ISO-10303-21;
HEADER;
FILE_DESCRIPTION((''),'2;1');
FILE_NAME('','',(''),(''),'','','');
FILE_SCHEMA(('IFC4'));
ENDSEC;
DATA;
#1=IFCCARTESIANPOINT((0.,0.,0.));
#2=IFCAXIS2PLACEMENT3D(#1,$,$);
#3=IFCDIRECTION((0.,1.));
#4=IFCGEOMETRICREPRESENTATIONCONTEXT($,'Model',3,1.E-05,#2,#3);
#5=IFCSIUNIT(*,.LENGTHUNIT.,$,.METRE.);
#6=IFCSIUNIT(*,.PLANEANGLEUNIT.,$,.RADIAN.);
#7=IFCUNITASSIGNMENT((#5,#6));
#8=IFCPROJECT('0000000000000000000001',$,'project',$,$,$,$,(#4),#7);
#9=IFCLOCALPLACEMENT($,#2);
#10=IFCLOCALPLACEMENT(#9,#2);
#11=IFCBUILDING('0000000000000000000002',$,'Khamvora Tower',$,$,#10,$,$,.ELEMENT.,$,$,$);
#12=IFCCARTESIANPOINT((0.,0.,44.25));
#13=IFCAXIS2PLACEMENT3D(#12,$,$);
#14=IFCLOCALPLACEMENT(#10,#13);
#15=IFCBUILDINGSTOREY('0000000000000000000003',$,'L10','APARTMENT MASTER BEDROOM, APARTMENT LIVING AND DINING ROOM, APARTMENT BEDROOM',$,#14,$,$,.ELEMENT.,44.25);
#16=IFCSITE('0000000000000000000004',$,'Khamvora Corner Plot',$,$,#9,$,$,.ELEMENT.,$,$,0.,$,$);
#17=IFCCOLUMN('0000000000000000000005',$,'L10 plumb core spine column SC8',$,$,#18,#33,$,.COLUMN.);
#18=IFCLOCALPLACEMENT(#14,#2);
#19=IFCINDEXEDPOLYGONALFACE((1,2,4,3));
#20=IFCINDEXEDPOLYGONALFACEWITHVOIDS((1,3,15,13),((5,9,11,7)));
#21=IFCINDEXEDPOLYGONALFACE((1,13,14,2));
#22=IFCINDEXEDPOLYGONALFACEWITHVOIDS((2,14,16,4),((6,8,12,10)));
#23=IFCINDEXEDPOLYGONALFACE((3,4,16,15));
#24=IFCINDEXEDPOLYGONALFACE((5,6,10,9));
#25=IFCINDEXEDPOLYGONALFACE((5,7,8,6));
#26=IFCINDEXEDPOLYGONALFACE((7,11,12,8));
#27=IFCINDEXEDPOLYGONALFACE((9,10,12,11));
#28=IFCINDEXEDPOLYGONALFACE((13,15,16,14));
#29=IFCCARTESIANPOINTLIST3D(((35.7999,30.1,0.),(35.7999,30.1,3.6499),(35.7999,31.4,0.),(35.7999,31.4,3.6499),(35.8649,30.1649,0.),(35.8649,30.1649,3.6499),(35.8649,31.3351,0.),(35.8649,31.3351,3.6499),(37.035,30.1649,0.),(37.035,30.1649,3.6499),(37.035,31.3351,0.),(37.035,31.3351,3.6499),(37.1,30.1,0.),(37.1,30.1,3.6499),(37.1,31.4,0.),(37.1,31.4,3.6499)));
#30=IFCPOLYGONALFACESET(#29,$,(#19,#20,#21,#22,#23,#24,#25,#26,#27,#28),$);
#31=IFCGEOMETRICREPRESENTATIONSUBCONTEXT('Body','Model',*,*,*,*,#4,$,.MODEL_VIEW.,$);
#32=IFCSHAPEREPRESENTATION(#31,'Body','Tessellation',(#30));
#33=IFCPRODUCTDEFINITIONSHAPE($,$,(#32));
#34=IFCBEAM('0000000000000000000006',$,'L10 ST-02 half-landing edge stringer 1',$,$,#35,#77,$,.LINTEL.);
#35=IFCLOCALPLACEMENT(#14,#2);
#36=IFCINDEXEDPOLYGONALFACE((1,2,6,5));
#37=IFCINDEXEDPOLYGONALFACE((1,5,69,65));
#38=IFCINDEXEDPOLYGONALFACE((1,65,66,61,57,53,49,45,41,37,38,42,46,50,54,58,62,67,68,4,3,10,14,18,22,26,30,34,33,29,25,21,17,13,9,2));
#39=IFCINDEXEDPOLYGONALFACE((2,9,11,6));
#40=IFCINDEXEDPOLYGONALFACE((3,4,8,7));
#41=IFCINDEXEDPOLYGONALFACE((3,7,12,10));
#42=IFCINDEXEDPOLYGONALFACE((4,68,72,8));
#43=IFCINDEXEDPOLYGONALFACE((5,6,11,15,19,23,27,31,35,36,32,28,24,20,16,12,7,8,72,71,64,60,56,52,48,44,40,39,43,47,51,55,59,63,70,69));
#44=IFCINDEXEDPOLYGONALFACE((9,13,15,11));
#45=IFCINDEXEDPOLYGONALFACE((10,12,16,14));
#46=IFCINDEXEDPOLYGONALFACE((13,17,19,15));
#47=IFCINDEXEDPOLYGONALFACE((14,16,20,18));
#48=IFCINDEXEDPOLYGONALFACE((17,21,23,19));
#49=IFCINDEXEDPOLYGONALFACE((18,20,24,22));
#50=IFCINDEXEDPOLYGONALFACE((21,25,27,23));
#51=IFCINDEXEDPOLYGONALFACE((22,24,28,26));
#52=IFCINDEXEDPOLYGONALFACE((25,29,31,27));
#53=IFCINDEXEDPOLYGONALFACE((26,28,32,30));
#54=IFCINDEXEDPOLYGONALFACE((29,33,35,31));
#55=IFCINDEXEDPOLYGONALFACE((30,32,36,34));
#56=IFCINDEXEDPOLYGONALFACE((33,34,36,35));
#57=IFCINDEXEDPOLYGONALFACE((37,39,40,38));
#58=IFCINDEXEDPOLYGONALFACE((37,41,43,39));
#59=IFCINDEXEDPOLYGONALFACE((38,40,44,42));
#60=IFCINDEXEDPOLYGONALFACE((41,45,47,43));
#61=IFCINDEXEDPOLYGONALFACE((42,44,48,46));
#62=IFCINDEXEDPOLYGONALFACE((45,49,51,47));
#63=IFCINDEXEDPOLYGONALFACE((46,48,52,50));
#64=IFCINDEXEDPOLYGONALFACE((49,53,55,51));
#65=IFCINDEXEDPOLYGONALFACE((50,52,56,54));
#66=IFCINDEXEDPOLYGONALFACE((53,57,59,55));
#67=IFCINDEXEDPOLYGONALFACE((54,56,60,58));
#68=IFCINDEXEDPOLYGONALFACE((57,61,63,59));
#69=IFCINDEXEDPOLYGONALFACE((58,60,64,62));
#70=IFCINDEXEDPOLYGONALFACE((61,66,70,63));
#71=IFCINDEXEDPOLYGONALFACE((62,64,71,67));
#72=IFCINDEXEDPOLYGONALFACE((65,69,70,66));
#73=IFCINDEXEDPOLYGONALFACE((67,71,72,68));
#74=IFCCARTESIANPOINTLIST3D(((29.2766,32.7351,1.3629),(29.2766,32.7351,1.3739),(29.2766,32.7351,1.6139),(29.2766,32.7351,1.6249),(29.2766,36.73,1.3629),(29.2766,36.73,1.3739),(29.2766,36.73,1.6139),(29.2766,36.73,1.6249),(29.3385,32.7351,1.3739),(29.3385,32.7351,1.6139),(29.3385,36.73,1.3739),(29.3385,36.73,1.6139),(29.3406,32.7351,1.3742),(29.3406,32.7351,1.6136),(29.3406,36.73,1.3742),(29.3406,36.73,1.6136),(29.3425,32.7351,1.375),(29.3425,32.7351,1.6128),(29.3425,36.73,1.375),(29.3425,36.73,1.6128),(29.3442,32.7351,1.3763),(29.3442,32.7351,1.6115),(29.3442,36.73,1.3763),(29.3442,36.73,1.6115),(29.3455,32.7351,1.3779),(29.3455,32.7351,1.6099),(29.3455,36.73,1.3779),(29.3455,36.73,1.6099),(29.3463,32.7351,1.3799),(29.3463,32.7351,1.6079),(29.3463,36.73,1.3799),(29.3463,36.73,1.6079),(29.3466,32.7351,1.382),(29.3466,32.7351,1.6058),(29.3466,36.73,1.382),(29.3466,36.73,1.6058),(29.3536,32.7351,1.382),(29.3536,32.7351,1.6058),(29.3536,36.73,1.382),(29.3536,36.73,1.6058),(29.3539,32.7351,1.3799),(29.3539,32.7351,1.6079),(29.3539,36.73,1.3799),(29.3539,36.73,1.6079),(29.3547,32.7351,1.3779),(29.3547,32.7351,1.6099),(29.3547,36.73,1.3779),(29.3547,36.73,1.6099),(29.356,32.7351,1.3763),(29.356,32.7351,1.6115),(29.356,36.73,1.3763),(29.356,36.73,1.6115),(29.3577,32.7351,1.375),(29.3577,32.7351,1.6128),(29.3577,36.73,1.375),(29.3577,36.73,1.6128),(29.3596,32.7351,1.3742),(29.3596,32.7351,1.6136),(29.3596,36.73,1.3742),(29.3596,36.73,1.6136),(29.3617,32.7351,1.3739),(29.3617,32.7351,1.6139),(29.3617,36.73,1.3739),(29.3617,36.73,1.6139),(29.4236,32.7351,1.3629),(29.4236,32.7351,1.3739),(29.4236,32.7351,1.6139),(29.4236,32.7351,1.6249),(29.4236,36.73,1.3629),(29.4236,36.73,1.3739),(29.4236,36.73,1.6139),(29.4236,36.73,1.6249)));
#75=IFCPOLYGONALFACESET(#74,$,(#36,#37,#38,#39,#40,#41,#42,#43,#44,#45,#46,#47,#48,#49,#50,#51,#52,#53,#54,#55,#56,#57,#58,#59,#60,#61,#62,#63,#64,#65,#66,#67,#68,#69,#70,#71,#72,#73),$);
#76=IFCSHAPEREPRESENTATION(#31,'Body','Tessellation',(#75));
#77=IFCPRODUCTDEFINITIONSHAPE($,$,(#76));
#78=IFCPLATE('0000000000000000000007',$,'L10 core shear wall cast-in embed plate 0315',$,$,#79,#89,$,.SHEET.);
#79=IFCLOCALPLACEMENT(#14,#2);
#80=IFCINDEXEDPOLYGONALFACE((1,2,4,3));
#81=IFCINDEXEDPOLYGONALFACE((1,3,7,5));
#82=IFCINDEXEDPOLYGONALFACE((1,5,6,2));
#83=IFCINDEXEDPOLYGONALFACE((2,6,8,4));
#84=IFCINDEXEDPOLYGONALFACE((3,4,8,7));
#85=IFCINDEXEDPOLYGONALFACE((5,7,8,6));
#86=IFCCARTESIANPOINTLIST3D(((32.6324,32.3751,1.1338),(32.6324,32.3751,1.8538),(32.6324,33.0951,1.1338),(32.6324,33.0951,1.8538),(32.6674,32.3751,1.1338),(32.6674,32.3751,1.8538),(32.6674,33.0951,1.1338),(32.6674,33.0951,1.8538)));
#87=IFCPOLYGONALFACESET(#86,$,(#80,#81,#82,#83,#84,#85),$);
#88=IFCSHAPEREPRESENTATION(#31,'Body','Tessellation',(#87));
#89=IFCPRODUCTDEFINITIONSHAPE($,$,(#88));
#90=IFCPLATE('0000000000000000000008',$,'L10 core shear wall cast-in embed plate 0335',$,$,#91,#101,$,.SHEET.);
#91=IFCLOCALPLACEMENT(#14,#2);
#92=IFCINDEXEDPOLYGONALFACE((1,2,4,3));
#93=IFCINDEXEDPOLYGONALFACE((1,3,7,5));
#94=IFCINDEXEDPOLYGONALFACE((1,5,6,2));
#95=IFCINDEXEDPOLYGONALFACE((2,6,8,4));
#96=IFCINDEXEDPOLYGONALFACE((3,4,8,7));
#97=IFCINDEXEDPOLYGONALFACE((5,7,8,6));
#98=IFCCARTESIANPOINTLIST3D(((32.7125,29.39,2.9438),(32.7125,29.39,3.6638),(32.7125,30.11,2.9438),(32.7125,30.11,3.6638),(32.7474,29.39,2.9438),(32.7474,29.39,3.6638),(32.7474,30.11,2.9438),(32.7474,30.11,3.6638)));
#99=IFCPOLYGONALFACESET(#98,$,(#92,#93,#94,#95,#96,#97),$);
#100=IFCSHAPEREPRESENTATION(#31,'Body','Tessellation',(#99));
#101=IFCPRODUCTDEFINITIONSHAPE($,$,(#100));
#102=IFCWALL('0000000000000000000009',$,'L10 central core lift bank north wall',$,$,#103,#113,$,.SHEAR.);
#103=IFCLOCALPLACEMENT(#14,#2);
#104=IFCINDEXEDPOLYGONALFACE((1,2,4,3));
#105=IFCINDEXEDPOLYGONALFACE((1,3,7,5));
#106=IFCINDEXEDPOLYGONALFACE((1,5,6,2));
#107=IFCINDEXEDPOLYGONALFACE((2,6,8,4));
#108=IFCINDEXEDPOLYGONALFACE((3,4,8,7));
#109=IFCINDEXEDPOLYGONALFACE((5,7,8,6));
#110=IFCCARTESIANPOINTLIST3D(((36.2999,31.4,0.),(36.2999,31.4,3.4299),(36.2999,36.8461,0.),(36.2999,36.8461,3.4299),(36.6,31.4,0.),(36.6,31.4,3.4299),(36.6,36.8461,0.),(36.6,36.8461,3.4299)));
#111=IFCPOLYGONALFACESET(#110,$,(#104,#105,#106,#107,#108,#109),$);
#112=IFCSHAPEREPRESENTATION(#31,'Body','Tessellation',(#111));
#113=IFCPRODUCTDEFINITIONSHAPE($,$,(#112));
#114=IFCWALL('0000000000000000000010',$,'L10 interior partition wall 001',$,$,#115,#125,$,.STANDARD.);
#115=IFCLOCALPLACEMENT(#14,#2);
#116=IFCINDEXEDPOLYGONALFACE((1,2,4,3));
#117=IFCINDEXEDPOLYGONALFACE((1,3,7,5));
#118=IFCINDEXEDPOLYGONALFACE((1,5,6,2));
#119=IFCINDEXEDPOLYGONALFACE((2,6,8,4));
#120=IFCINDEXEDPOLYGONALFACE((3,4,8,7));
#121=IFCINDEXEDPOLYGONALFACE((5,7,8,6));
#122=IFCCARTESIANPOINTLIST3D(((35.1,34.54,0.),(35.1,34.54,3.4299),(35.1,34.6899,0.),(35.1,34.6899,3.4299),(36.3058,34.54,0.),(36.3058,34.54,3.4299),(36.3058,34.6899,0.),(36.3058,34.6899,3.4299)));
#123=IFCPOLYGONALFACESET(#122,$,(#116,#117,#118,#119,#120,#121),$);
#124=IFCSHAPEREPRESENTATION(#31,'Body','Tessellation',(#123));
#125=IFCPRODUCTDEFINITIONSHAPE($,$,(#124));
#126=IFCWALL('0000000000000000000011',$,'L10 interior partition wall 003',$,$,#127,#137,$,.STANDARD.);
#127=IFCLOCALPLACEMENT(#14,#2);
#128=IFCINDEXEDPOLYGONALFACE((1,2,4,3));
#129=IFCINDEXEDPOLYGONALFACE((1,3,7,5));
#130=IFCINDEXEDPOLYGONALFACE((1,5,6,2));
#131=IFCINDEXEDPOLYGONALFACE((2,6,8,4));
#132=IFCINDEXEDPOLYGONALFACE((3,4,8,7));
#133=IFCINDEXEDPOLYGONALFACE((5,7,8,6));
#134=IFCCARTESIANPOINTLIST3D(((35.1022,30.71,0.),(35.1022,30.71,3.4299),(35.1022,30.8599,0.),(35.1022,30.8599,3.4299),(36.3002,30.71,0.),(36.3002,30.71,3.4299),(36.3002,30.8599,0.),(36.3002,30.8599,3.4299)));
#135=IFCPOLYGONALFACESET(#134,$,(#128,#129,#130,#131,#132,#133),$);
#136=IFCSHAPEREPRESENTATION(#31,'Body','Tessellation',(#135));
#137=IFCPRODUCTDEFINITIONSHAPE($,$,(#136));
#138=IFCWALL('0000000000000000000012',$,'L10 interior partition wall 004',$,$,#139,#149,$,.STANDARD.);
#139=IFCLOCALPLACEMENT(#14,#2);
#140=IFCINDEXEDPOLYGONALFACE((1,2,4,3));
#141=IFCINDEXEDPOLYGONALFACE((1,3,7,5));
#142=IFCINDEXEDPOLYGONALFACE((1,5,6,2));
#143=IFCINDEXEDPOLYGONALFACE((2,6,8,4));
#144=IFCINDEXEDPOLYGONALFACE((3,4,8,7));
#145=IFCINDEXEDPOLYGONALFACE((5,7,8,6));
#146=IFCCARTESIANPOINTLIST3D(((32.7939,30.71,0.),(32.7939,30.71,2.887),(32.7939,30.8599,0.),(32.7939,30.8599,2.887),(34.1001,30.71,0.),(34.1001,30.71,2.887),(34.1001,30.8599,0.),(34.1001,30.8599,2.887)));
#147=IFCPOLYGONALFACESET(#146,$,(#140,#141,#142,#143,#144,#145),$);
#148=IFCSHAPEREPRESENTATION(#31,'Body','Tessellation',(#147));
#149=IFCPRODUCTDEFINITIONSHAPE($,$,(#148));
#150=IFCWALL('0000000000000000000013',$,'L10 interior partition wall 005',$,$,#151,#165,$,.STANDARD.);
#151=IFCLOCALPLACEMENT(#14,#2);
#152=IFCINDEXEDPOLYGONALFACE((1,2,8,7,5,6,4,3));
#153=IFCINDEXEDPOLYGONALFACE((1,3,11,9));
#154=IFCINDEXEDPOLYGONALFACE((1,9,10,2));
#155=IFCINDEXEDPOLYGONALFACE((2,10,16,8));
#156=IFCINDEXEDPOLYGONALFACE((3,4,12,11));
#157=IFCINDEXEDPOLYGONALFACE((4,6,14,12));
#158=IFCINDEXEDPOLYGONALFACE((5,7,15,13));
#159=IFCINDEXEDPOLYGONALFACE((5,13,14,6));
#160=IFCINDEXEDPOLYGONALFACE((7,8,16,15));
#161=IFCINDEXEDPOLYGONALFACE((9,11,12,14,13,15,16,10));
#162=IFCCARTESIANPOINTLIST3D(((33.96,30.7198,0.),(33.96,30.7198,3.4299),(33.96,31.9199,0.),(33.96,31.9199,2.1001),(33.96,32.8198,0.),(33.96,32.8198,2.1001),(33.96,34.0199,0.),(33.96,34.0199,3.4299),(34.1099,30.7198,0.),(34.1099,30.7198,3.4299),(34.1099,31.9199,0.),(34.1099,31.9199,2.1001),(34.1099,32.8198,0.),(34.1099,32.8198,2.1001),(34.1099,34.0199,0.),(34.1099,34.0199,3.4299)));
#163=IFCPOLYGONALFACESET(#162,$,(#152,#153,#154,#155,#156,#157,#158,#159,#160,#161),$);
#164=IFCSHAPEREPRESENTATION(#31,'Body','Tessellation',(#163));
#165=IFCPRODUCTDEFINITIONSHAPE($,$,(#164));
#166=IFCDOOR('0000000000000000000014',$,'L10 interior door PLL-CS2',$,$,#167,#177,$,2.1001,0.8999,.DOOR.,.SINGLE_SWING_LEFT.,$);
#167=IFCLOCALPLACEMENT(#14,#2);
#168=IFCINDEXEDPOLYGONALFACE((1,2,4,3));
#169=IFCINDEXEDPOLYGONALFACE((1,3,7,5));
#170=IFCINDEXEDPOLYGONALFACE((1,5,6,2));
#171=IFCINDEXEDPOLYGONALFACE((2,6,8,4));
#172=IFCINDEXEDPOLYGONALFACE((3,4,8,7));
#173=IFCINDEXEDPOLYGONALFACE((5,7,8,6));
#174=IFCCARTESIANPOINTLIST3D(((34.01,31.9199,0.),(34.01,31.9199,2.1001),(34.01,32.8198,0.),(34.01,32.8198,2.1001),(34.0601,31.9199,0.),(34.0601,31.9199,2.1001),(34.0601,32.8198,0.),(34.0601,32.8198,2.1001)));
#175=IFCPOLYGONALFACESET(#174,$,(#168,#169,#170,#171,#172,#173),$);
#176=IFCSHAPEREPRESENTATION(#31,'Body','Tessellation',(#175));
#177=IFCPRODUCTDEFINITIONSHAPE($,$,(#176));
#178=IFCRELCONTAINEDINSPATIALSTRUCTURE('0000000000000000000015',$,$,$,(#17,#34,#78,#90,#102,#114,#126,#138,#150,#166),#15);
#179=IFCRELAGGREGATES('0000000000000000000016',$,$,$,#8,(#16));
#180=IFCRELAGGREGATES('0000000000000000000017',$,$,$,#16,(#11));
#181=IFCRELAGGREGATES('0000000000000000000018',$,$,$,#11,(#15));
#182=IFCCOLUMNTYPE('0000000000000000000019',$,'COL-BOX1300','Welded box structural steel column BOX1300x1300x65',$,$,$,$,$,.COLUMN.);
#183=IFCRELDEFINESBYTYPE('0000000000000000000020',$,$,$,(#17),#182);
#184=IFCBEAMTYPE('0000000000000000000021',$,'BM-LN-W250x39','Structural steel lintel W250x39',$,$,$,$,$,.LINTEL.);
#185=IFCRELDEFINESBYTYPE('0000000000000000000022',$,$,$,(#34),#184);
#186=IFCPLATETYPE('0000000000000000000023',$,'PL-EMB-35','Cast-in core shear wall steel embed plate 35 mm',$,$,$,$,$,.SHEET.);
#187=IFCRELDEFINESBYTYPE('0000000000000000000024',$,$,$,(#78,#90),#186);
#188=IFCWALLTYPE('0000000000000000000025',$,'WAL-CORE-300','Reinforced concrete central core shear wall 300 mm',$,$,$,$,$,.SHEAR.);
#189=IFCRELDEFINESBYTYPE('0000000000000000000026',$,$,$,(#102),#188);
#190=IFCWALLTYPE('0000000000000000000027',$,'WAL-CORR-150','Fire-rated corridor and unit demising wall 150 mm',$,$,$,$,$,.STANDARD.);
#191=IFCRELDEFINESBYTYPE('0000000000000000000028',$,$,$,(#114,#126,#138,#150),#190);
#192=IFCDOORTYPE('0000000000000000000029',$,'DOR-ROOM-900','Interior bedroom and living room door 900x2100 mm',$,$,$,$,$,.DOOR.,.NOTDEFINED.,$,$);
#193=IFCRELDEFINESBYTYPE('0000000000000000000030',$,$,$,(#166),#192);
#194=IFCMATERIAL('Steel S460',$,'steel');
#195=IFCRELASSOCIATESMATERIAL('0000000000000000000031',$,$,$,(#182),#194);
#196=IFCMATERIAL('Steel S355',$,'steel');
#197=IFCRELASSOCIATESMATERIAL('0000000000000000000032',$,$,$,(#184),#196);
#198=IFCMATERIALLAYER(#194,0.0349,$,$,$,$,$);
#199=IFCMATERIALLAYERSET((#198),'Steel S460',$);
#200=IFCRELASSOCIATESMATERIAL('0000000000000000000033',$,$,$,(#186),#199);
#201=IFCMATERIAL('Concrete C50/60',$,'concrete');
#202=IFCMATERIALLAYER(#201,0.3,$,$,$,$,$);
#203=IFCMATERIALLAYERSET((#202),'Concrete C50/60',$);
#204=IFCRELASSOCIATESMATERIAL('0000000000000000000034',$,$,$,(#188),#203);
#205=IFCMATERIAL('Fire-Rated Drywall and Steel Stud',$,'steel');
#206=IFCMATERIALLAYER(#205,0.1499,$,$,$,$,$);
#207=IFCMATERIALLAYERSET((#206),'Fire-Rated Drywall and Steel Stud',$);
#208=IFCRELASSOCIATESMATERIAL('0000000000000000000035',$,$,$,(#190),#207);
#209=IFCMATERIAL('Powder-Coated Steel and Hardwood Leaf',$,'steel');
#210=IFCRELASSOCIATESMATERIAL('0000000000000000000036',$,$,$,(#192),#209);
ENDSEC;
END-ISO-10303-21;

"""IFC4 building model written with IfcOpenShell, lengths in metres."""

from ifc_helpers import new_model, si_unit, direction, frame, frame_2d, origin, origin_2d, place, context, subcontext, project, spatial, rectangle, hollow_rectangle, i_section, extrude, material, layer, layer_set, material_profile, profile_set, type_object, element, fill, save


model = new_model("IFC4")

# Units and contexts
model_context = context("Model", 3, precision=1e-05, world=origin(), true_north=direction((0.0, 1.0)))
body_context = subcontext(model_context, "Body", "Model", "MODEL_VIEW")
ifc_project = project(units=[si_unit("LENGTHUNIT", "METRE"), si_unit("PLANEANGLEUNIT", "RADIAN")], contexts=[model_context])

# Site, building, storey
site_placement = place(None, origin())
site = spatial("IfcSite", under=ifc_project, at=site_placement, Name="Khamvora Corner Plot", CompositionType="ELEMENT", RefElevation=0.0)
building_placement = place(site_placement, origin())
building = spatial("IfcBuilding", under=site, at=building_placement, Name="Khamvora Tower", CompositionType="ELEMENT")
storey_placement = place(building_placement, frame((0.0, 0.0, 44.25)))
storey = spatial("IfcBuildingStorey", under=building, at=storey_placement, Name="L10", Description="APARTMENT MASTER BEDROOM, APARTMENT LIVING AND DINING ROOM, APARTMENT BEDROOM", CompositionType="ELEMENT", Elevation=44.25)

# Column
ifc_material_1 = material(Name="Steel S460", Category="steel")
ifc_material_profile_1 = material_profile(ifc_material_1, hollow_rectangle(XDim=1.3, YDim=1.3, WallThickness=0.0649, at=origin_2d()), Name="BOX1300x1300x65")
ifc_profile_set_1 = profile_set([ifc_material_profile_1], Name="Steel S460")
column_type = type_object("IfcColumnType", Name="COL-BOX1300", Description="Welded box structural steel column BOX1300x1300x65", PredefinedType="COLUMN", material=ifc_profile_set_1)
column_placement = place(storey_placement, frame((36.45, 30.75, 0.0), z_axis=(0.0, 0.0, 1.0), x_axis=(1.0, 0.0, 0.0)))
element("IfcColumn", 1, at=column_placement, inside=storey, type_object=column_type, Name="L10 plumb core spine column SC8", PredefinedType="COLUMN", context=body_context, shape_type="SweptSolid", body=[
    extrude(hollow_rectangle(XDim=1.3, YDim=1.3, WallThickness=0.0649, at=origin_2d()), origin(), (0.0, 0.0, 1.0), 3.6499),
])

# Beam
ifc_material_2 = material(Name="Steel S355", Category="steel")
ifc_material_profile_2 = material_profile(ifc_material_2, i_section(OverallWidth=0.147, OverallDepth=0.262, WebThickness=0.0071, FlangeThickness=0.011, FilletRadius=0.0081, at=origin_2d()), Name="W250x39")
ifc_profile_set_2 = profile_set([ifc_material_profile_2], Name="Steel S355")
beam_type = type_object("IfcBeamType", Name="BM-LN-W250x39", Description="Structural steel lintel W250x39", PredefinedType="LINTEL", material=ifc_profile_set_2)
beam_placement = place(storey_placement, frame((29.3501, 32.7351, 1.4939), z_axis=(0.0, 1.0, 0.0), x_axis=(-1.0, 0.0, 0.0)))
element("IfcBeam", 2, at=beam_placement, inside=storey, type_object=beam_type, Name="L10 ST-02 half-landing edge stringer 1", PredefinedType="LINTEL", context=body_context, shape_type="SweptSolid", body=[
    extrude(i_section(OverallWidth=0.147, OverallDepth=0.262, WebThickness=0.0071, FlangeThickness=0.011, FilletRadius=0.0081, at=origin_2d()), origin(), (0.0, 0.0, 1.0), 3.9949),
])

# Plates
ifc_layer_1 = layer(ifc_material_1, 0.0349)
ifc_layer_set_1 = layer_set([ifc_layer_1], Name="Steel S460")
plate_type = type_object("IfcPlateType", Name="PL-EMB-35", Description="Cast-in core shear wall steel embed plate 35 mm", PredefinedType="SHEET", material=ifc_layer_set_1)
for number, where, z_axis, x_axis, name in (
    (3, (32.6499, 32.7351, 1.1338), (0.0, 0.0, 1.0), (1.0, 0.0, 0.0), "L10 core shear wall cast-in embed plate 0315"),
    (4, (32.73, 29.75, 2.9438), (0.0, 0.0, 1.0), (1.0, 0.0, 0.0), "L10 core shear wall cast-in embed plate 0335"),
):
    element("IfcPlate", number, at=place(storey_placement, frame(where, z_axis=z_axis, x_axis=x_axis)), inside=storey, type_object=plate_type, Name=name, PredefinedType="SHEET", context=body_context, shape_type="SweptSolid", body=[
        extrude(rectangle(XDim=0.0349, YDim=0.72, at=origin_2d()), origin(), (0.0, 0.0, 1.0), 0.72),
    ])

# Walls
ifc_material_3 = material(Name="Concrete C50/60", Category="concrete")
ifc_layer_2 = layer(ifc_material_3, 0.3)
ifc_layer_set_2 = layer_set([ifc_layer_2], Name="Concrete C50/60")
wall_type_1 = type_object("IfcWallType", Name="WAL-CORE-300", Description="Reinforced concrete central core shear wall 300 mm", PredefinedType="SHEAR", material=ifc_layer_set_2)
wall_1_placement = place(storey_placement, frame((36.45, 31.3999, 0.0), z_axis=(0.0, 0.0, 1.0), x_axis=(0.0, 1.0, 0.0)))
element("IfcWall", 5, at=wall_1_placement, inside=storey, type_object=wall_type_1, Name="L10 central core lift bank north wall", PredefinedType="SHEAR", context=body_context, shape_type="SweptSolid", body=[
    extrude(rectangle(XDim=5.446, YDim=0.3, at=frame_2d((2.7231, 0.0))), origin(), (0.0, 0.0, 1.0), 3.4299),
])
ifc_material_4 = material(Name="Fire-Rated Drywall and Steel Stud", Category="steel")
ifc_layer_3 = layer(ifc_material_4, 0.1499)
ifc_layer_set_3 = layer_set([ifc_layer_3], Name="Fire-Rated Drywall and Steel Stud")
wall_type_2 = type_object("IfcWallType", Name="WAL-CORR-150", Description="Fire-rated corridor and unit demising wall 150 mm", PredefinedType="STANDARD", material=ifc_layer_set_3)
wall_2_placement = place(storey_placement, frame((36.3059, 34.615, 0.0), z_axis=(0.0, 0.0, 1.0), x_axis=(-1.0, 0.0, 0.0)))
element("IfcWall", 6, at=wall_2_placement, inside=storey, type_object=wall_type_2, Name="L10 interior partition wall 001", PredefinedType="STANDARD", context=body_context, shape_type="SweptSolid", body=[
    extrude(rectangle(XDim=1.2058, YDim=0.1499, at=frame_2d((0.603, 0.0))), origin(), (0.0, 0.0, 1.0), 3.4299),
])
wall_3_placement = place(storey_placement, frame((35.1021, 30.7849, 0.0), z_axis=(0.0, 0.0, 1.0), x_axis=(1.0, 0.0, 0.0)))
element("IfcWall", 7, at=wall_3_placement, inside=storey, type_object=wall_type_2, Name="L10 interior partition wall 003", PredefinedType="STANDARD", context=body_context, shape_type="SweptSolid", body=[
    extrude(rectangle(XDim=1.198, YDim=0.1499, at=frame_2d((0.5991, 0.0))), origin(), (0.0, 0.0, 1.0), 3.4299),
])
wall_4_placement = place(storey_placement, frame((32.7939, 30.7849, 0.0), z_axis=(0.0, 0.0, 1.0), x_axis=(1.0, 0.0, 0.0)))
element("IfcWall", 8, at=wall_4_placement, inside=storey, type_object=wall_type_2, Name="L10 interior partition wall 004", PredefinedType="STANDARD", context=body_context, shape_type="SweptSolid", body=[
    extrude(rectangle(XDim=1.3062, YDim=0.1499, at=frame_2d((0.6531, 0.0))), origin(), (0.0, 0.0, 1.0), 2.887),
])

# Wall, opening, door
wall_5_placement = place(storey_placement, frame((34.0349, 30.72, 0.0), z_axis=(0.0, 0.0, 1.0), x_axis=(0.0, 1.0, 0.0)))
wall_5 = element("IfcWall", 9, at=wall_5_placement, inside=storey, type_object=wall_type_2, Name="L10 interior partition wall 005", PredefinedType="STANDARD", context=body_context, shape_type="SweptSolid", body=[
    extrude(rectangle(XDim=3.3, YDim=0.1499, at=frame_2d((1.6499, 0.0))), origin(), (0.0, 0.0, 1.0), 3.4299),
])
opening_placement = place(wall_5_placement, frame((1.2, 0.0, 0.0)))
opening = element("IfcOpeningElement", 10, at=opening_placement, cuts=wall_5, PredefinedType="OPENING", context=body_context, shape_type="SweptSolid", body=[
    extrude(rectangle(XDim=0.8999, YDim=2.1001, at=frame_2d((0.45, 1.05))), frame((0.0, 0.085, 0.0), z_axis=(0.0, -1.0, 0.0), x_axis=(1.0, 0.0, 0.0)), (0.0, 0.0, 1.0), 0.1699),
])
ifc_material_5 = material(Name="Powder-Coated Steel and Hardwood Leaf", Category="steel")
door_type = type_object("IfcDoorType", Name="DOR-ROOM-900", Description="Interior bedroom and living room door 900x2100 mm", OperationType="NOTDEFINED", PredefinedType="DOOR", material=ifc_material_5)
door_placement = place(opening_placement, origin())
door = element("IfcDoor", 11, at=door_placement, inside=storey, type_object=door_type, Name="L10 interior door PLL-CS2", OperationType="SINGLE_SWING_LEFT", OverallHeight=2.1001, OverallWidth=0.8999, PredefinedType="DOOR", context=body_context, shape_type="SweptSolid", body=[
    extrude(rectangle(XDim=0.8999, YDim=2.1001, at=frame_2d((0.45, 1.05))), frame((0.0, 0.0249, 0.0), z_axis=(0.0, -1.0, 0.0), x_axis=(1.0, 0.0, 0.0)), (0.0, 0.0, 1.0), 0.05),
])
fill(opening, door)

save(model, "model.ifc")
